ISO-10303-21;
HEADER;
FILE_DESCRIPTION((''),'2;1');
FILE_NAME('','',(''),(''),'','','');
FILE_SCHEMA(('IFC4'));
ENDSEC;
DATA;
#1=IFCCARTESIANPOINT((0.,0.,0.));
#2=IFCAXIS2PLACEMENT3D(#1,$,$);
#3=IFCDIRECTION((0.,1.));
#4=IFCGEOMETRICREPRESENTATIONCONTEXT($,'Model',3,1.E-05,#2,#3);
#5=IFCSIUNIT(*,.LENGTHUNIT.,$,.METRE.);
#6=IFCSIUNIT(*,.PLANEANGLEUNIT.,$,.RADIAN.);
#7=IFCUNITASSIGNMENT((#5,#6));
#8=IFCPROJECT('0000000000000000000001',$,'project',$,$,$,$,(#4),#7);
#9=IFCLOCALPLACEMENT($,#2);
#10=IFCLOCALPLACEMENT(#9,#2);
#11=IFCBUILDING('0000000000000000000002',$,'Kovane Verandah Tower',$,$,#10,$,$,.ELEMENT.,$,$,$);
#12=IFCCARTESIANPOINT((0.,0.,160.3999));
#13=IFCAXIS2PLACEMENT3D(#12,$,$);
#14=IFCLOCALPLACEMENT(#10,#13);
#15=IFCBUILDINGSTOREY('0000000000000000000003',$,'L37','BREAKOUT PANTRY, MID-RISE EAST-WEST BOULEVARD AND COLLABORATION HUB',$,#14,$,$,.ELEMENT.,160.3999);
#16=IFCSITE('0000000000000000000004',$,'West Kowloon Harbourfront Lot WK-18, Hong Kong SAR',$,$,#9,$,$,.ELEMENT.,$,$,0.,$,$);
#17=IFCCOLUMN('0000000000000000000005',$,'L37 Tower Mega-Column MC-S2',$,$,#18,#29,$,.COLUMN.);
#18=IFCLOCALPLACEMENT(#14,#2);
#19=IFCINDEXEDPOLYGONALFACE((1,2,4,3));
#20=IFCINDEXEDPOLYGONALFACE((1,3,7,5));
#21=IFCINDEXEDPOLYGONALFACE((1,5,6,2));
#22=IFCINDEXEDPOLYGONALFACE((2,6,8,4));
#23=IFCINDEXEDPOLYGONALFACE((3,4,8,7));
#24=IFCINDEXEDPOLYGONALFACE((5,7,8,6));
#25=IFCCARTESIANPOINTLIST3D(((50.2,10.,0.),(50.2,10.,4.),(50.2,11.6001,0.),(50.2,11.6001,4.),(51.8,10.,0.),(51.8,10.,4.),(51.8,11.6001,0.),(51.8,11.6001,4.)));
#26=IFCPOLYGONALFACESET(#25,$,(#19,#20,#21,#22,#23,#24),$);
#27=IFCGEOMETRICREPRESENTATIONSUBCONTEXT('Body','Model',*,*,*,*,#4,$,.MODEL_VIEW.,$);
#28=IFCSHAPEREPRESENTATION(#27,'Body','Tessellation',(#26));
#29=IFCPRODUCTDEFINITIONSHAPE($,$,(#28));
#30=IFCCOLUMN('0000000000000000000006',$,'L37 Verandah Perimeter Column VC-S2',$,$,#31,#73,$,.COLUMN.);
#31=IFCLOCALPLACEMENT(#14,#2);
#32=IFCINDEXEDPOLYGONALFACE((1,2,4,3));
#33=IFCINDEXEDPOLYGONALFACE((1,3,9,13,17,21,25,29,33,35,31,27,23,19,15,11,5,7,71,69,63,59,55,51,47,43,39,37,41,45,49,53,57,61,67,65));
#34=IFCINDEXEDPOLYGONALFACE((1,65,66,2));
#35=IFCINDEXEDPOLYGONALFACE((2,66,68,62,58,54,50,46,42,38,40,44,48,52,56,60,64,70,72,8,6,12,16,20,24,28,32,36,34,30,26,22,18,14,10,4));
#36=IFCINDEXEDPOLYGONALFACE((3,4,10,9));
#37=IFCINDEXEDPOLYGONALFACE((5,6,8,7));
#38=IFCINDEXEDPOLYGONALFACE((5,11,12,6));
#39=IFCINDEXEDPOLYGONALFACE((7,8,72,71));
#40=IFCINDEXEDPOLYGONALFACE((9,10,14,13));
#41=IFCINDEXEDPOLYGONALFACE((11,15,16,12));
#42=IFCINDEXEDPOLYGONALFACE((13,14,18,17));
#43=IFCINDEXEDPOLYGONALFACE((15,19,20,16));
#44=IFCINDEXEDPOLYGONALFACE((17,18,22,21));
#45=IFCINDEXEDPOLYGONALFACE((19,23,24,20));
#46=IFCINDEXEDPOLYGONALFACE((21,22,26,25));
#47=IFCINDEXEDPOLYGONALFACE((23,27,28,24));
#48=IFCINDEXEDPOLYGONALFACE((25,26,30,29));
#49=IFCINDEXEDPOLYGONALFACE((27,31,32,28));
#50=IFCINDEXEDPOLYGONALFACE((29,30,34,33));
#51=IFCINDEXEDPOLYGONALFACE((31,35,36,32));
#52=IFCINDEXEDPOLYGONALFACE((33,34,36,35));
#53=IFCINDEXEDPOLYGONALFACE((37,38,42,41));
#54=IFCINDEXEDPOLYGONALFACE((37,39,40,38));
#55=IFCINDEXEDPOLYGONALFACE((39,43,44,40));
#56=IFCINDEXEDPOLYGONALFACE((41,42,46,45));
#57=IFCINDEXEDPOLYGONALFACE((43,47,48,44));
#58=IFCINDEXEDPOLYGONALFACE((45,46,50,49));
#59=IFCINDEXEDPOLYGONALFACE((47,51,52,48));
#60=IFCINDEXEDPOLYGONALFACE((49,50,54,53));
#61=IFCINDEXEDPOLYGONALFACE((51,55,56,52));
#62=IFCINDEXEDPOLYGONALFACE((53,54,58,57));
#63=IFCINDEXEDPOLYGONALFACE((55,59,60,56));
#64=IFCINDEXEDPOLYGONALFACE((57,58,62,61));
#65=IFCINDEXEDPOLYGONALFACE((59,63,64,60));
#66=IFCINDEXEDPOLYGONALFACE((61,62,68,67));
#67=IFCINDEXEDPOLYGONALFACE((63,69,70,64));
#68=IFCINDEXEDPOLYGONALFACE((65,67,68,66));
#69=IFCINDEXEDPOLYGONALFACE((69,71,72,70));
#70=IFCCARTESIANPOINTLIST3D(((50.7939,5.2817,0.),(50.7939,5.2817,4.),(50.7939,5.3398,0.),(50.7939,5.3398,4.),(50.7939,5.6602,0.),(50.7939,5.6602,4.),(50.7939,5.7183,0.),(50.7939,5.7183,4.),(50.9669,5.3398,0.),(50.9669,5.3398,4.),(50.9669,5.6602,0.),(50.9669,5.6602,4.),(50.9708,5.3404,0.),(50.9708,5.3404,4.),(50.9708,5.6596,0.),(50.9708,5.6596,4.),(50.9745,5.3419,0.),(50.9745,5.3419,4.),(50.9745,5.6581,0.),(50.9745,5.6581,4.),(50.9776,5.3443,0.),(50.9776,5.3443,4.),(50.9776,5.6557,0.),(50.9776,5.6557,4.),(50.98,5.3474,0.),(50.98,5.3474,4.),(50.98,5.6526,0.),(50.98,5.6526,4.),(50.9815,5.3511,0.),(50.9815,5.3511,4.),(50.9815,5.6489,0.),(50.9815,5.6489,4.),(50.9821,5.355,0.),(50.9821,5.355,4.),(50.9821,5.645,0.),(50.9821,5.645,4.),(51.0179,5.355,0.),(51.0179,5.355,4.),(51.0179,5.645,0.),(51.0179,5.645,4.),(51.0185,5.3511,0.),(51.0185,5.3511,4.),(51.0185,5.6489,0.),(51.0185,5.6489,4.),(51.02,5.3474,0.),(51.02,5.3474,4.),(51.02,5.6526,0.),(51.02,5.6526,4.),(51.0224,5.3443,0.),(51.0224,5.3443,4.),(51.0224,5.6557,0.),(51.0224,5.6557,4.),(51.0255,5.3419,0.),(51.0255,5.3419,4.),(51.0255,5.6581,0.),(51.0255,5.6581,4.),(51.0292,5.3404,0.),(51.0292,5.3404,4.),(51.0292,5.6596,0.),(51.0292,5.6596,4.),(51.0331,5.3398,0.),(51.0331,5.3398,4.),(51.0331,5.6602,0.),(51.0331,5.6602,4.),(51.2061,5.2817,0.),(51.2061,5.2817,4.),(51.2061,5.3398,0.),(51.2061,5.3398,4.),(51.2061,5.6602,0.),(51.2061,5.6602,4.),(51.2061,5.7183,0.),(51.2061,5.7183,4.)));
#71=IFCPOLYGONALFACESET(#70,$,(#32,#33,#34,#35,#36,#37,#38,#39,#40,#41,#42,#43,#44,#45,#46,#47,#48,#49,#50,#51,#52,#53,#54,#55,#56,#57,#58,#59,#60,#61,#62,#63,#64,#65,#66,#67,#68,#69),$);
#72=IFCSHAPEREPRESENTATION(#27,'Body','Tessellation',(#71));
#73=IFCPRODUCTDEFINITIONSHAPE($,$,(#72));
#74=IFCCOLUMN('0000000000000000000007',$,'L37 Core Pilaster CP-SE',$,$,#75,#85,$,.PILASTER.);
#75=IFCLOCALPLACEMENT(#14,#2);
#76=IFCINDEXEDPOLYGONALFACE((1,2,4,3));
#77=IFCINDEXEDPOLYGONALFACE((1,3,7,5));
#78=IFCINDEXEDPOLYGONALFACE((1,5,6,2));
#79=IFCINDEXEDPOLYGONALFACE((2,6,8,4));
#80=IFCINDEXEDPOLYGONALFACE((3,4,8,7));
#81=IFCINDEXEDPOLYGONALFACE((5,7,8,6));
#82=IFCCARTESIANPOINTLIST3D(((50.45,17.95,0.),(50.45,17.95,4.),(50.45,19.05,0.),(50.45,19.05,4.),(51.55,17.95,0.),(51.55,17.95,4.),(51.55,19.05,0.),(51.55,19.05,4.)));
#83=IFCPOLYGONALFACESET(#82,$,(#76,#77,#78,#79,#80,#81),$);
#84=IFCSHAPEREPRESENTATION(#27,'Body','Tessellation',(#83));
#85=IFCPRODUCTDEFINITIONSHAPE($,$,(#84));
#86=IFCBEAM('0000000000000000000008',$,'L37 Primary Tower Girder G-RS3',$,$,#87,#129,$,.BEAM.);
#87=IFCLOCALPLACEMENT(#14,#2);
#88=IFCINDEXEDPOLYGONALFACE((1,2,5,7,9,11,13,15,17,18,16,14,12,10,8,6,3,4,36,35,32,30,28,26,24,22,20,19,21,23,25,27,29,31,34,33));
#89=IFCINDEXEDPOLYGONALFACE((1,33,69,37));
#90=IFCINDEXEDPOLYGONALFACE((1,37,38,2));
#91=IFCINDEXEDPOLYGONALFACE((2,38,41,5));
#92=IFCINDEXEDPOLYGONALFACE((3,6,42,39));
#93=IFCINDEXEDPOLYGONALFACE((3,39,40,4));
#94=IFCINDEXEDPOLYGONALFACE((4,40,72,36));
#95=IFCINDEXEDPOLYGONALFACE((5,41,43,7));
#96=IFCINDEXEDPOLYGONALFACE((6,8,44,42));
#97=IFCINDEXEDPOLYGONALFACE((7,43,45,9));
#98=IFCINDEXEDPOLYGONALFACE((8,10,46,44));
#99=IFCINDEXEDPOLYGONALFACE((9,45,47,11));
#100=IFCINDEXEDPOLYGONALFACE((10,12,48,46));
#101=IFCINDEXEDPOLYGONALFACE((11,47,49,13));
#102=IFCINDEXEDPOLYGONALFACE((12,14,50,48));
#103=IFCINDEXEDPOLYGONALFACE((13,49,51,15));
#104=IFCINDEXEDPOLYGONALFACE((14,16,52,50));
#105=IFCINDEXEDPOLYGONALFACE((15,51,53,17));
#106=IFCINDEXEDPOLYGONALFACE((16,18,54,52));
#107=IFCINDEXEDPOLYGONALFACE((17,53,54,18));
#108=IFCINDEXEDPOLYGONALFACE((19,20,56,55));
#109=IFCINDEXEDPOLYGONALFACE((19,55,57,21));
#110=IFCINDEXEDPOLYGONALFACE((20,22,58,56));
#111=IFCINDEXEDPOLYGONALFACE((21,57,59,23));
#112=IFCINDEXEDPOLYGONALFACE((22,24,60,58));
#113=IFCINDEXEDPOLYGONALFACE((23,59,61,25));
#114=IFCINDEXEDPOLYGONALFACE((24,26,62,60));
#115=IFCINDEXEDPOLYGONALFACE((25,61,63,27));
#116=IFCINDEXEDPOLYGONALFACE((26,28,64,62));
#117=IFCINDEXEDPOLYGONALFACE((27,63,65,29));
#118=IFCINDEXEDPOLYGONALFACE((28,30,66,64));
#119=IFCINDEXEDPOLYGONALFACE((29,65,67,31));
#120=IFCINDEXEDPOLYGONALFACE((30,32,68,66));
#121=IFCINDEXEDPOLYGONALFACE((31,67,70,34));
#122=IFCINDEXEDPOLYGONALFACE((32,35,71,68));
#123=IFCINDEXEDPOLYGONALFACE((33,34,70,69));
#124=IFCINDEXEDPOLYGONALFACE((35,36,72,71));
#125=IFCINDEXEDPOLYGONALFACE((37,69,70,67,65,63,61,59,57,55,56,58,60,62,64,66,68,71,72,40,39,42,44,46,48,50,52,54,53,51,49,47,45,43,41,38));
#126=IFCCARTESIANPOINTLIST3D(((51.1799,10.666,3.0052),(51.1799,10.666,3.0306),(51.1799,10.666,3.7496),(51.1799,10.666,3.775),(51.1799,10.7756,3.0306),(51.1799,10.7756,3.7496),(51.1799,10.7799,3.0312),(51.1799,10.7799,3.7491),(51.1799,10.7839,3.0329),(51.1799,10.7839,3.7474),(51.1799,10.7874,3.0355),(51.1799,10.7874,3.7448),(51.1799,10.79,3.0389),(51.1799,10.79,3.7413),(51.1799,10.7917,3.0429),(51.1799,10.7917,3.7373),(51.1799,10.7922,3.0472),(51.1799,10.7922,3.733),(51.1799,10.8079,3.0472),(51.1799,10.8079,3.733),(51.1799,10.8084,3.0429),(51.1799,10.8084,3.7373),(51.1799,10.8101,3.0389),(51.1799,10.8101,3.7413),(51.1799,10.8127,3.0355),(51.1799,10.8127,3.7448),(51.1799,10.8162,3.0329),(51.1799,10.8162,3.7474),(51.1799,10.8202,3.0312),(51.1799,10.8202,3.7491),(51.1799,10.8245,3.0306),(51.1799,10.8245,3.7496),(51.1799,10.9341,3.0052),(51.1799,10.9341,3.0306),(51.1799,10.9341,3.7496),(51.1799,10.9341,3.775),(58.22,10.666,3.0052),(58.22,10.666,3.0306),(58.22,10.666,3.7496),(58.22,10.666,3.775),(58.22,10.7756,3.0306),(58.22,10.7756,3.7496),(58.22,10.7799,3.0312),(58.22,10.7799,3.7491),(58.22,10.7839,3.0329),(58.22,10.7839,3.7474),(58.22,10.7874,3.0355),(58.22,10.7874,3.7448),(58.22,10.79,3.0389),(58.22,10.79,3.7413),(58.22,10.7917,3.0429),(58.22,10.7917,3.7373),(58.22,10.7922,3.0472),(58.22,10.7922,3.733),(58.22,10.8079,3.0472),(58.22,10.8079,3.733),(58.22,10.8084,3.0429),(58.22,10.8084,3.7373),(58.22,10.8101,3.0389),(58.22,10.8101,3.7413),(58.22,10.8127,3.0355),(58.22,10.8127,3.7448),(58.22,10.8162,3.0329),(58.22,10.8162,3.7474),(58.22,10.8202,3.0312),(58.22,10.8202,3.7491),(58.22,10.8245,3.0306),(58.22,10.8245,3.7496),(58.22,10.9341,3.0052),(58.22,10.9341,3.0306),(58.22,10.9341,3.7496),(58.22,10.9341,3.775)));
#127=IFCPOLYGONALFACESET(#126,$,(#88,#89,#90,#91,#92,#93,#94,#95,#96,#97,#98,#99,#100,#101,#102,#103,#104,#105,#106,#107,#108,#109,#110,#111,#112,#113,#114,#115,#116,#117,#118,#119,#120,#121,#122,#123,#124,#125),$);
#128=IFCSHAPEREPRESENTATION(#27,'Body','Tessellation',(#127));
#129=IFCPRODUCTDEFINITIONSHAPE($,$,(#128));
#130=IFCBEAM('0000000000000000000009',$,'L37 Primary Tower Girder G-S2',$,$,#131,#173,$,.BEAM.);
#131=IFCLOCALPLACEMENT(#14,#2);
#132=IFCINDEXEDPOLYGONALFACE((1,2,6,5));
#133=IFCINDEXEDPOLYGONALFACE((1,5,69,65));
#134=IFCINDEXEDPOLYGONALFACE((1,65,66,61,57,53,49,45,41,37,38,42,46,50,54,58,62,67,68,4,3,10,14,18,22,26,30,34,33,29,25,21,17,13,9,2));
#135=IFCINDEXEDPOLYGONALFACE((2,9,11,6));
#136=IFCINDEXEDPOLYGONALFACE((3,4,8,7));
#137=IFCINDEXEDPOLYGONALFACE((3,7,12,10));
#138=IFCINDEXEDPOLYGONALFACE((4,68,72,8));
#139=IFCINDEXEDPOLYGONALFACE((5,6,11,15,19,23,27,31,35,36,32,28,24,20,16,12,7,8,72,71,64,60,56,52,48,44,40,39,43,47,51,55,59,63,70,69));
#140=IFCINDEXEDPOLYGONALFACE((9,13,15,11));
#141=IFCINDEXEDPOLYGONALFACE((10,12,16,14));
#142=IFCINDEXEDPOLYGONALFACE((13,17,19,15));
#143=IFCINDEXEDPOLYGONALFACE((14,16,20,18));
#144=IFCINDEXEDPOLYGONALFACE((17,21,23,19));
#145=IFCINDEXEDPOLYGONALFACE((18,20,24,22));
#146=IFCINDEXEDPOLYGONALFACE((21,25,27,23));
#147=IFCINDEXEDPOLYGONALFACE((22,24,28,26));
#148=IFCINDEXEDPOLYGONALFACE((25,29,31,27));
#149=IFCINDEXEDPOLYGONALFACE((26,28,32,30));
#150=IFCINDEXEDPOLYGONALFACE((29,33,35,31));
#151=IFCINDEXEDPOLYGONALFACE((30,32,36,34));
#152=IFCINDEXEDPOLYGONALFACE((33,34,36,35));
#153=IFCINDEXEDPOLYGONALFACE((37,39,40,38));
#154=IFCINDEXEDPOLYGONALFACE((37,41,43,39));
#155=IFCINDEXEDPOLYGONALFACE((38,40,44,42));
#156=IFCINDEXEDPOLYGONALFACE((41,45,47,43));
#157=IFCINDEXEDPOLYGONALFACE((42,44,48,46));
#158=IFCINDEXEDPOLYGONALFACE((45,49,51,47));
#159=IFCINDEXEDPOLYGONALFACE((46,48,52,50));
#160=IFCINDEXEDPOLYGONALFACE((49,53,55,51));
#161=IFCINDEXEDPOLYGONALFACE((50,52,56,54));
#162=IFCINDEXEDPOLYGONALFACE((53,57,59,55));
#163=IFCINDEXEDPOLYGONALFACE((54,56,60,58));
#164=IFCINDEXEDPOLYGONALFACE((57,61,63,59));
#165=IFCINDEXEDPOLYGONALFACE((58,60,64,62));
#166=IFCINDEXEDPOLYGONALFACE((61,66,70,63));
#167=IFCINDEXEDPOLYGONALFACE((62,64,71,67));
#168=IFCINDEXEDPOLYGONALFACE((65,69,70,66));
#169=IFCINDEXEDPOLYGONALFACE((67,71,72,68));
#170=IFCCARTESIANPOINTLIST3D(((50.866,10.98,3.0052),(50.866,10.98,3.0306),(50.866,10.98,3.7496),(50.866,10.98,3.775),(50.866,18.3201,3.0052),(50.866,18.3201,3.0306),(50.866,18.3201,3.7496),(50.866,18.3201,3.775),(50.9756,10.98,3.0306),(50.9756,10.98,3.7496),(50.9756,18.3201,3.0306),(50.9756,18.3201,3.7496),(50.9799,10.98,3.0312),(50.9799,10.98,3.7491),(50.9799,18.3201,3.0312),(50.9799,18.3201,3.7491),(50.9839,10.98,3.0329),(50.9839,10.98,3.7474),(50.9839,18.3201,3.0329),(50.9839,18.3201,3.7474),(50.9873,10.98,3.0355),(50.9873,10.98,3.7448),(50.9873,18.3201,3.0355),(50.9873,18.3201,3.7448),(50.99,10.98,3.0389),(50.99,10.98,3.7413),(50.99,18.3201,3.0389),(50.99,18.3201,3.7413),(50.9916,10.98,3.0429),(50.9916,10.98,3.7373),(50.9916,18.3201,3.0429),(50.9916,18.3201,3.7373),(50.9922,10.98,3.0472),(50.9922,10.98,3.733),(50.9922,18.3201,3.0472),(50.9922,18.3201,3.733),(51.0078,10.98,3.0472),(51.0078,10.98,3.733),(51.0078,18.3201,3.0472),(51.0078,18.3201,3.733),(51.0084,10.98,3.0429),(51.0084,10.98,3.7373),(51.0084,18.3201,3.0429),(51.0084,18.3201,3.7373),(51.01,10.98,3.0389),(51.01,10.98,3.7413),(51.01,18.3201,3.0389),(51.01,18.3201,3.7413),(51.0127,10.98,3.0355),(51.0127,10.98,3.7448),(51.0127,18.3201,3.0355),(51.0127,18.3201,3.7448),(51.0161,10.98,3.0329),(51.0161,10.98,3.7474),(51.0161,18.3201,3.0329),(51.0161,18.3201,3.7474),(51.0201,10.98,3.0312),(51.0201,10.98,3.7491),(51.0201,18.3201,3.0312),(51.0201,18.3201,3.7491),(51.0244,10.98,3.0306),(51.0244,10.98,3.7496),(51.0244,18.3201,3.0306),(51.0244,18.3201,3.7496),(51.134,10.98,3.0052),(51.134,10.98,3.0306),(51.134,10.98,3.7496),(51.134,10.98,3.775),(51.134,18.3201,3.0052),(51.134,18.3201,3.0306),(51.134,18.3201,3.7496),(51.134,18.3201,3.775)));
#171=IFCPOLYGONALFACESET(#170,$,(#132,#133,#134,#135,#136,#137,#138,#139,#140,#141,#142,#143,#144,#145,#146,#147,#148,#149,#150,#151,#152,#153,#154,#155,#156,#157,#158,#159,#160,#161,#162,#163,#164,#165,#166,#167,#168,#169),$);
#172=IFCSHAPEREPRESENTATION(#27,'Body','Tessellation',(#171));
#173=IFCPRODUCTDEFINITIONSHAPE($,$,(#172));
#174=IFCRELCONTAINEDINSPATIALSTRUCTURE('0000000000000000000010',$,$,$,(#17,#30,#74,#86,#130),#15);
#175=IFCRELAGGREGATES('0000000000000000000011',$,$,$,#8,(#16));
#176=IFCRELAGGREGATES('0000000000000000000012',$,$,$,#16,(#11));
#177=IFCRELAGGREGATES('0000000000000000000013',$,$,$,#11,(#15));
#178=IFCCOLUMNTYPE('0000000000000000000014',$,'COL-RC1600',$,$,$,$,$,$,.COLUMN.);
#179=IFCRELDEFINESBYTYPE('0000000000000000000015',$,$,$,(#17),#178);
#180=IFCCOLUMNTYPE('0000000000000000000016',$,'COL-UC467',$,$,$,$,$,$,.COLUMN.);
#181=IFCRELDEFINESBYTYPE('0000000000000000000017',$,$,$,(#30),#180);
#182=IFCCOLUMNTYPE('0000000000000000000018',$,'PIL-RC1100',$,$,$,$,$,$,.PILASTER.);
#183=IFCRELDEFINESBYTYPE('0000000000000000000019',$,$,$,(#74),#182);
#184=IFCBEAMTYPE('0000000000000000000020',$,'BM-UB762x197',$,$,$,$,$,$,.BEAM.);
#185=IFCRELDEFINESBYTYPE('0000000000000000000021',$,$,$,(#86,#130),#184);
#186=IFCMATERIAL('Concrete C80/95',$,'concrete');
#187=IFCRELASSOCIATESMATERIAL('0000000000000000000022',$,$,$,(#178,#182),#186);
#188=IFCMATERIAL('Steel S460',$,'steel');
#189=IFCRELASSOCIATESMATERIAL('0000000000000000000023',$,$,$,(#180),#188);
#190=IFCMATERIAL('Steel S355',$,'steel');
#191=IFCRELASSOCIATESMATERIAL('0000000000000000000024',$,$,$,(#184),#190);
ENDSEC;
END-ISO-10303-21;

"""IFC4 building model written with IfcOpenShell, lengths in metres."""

from ifc_helpers import new_model, si_unit, direction, frame, origin, origin_2d, place, context, subcontext, project, spatial, rectangle, i_section, extrude, material, material_profile, profile_set, type_object, element, save


model = new_model("IFC4")

# Units and contexts
model_context = context("Model", 3, precision=1e-05, world=origin(), true_north=direction((0.0, 1.0)))
body_context = subcontext(model_context, "Body", "Model", "MODEL_VIEW")
ifc_project = project(units=[si_unit("LENGTHUNIT", "METRE"), si_unit("PLANEANGLEUNIT", "RADIAN")], contexts=[model_context])

# Site, building, storey
site_placement = place(None, origin())
site = spatial("IfcSite", under=ifc_project, at=site_placement, Name="West Kowloon Harbourfront Lot WK-18, Hong Kong SAR", CompositionType="ELEMENT", RefElevation=0.0)
building_placement = place(site_placement, origin())
building = spatial("IfcBuilding", under=site, at=building_placement, Name="Kovane Verandah Tower", CompositionType="ELEMENT")
storey_placement = place(building_placement, frame((0.0, 0.0, 160.3999)))
storey = spatial("IfcBuildingStorey", under=building, at=storey_placement, Name="L37", Description="BREAKOUT PANTRY, MID-RISE EAST-WEST BOULEVARD AND COLLABORATION HUB", CompositionType="ELEMENT", Elevation=160.3999)

# Columns
ifc_material_1 = material(Name="Concrete C80/95", Category="concrete")
ifc_material_profile_1 = material_profile(ifc_material_1, rectangle(XDim=1.6001, YDim=1.6001, at=origin_2d()), Name="RC1600x1600")
ifc_profile_set_1 = profile_set([ifc_material_profile_1], Name="Concrete C80/95")
column_type_1 = type_object("IfcColumnType", Name="COL-RC1600", PredefinedType="COLUMN", material=ifc_profile_set_1)
column_1_placement = place(storey_placement, frame((51.0, 10.8, 0.0), z_axis=(0.0, 0.0, 1.0), x_axis=(1.0, 0.0, 0.0)))
element("IfcColumn", 1, at=column_1_placement, inside=storey, type_object=column_type_1, Name="L37 Tower Mega-Column MC-S2", PredefinedType="COLUMN", context=body_context, shape_type="SweptSolid", body=[
    extrude(rectangle(XDim=1.6001, YDim=1.6001, at=origin_2d()), origin(), (0.0, 0.0, 1.0), 4.0),
])
ifc_material_2 = material(Name="Steel S460", Category="steel")
ifc_material_profile_2 = material_profile(ifc_material_2, i_section(OverallWidth=0.4121, OverallDepth=0.4365, WebThickness=0.0359, FlangeThickness=0.0581, FilletRadius=0.0151, at=origin_2d()), Name="UC356x406x467")
ifc_profile_set_2 = profile_set([ifc_material_profile_2], Name="Steel S460")
column_type_2 = type_object("IfcColumnType", Name="COL-UC467", PredefinedType="COLUMN", material=ifc_profile_set_2)
column_2_placement = place(storey_placement, frame((51.0, 5.5, 0.0), z_axis=(0.0, 0.0, 1.0), x_axis=(1.0, 0.0, 0.0)))
element("IfcColumn", 2, at=column_2_placement, inside=storey, type_object=column_type_2, Name="L37 Verandah Perimeter Column VC-S2", PredefinedType="COLUMN", context=body_context, shape_type="SweptSolid", body=[
    extrude(i_section(OverallWidth=0.4121, OverallDepth=0.4365, WebThickness=0.0359, FlangeThickness=0.0581, FilletRadius=0.0151, at=origin_2d()), origin(), (0.0, 0.0, 1.0), 4.0),
])
ifc_material_profile_3 = material_profile(ifc_material_1, rectangle(XDim=1.1001, YDim=1.1001, at=origin_2d()), Name="RC1100x1100")
ifc_profile_set_3 = profile_set([ifc_material_profile_3], Name="Concrete C80/95")
column_type_3 = type_object("IfcColumnType", Name="PIL-RC1100", PredefinedType="PILASTER", material=ifc_profile_set_3)
column_3_placement = place(storey_placement, frame((51.0, 18.5, 0.0), z_axis=(0.0, 0.0, 1.0), x_axis=(1.0, 0.0, 0.0)))
element("IfcColumn", 3, at=column_3_placement, inside=storey, type_object=column_type_3, Name="L37 Core Pilaster CP-SE", PredefinedType="PILASTER", context=body_context, shape_type="SweptSolid", body=[
    extrude(rectangle(XDim=1.1001, YDim=1.1001, at=origin_2d()), origin(), (0.0, 0.0, 1.0), 4.0),
])

# Beams
ifc_material_3 = material(Name="Steel S355", Category="steel")
ifc_material_profile_4 = material_profile(ifc_material_3, i_section(OverallWidth=0.2681, OverallDepth=0.7698, WebThickness=0.0156, FlangeThickness=0.0254, FilletRadius=0.0166, at=origin_2d()), Name="UB762x267x197")
ifc_profile_set_4 = profile_set([ifc_material_profile_4], Name="Steel S355")
beam_type = type_object("IfcBeamType", Name="BM-UB762x197", PredefinedType="BEAM", material=ifc_profile_set_4)
beam_1_placement = place(storey_placement, frame((51.1799, 10.8, 3.3901), z_axis=(1.0, 0.0, 0.0), x_axis=(0.0, 1.0, 0.0)))
element("IfcBeam", 4, at=beam_1_placement, inside=storey, type_object=beam_type, Name="L37 Primary Tower Girder G-RS3", PredefinedType="BEAM", context=body_context, shape_type="SweptSolid", body=[
    extrude(i_section(OverallWidth=0.2681, OverallDepth=0.7698, WebThickness=0.0156, FlangeThickness=0.0254, FilletRadius=0.0166, at=origin_2d()), origin(), (0.0, 0.0, 1.0), 7.04),
])
beam_2_placement = place(storey_placement, frame((51.0, 18.3201, 3.3901), z_axis=(0.0, -1.0, 0.0), x_axis=(1.0, 0.0, 0.0)))
element("IfcBeam", 5, at=beam_2_placement, inside=storey, type_object=beam_type, Name="L37 Primary Tower Girder G-S2", PredefinedType="BEAM", context=body_context, shape_type="SweptSolid", body=[
    extrude(i_section(OverallWidth=0.2681, OverallDepth=0.7698, WebThickness=0.0156, FlangeThickness=0.0254, FilletRadius=0.0166, at=origin_2d()), origin(), (0.0, 0.0, 1.0), 7.3401),
])

save(model, "model.ifc")
